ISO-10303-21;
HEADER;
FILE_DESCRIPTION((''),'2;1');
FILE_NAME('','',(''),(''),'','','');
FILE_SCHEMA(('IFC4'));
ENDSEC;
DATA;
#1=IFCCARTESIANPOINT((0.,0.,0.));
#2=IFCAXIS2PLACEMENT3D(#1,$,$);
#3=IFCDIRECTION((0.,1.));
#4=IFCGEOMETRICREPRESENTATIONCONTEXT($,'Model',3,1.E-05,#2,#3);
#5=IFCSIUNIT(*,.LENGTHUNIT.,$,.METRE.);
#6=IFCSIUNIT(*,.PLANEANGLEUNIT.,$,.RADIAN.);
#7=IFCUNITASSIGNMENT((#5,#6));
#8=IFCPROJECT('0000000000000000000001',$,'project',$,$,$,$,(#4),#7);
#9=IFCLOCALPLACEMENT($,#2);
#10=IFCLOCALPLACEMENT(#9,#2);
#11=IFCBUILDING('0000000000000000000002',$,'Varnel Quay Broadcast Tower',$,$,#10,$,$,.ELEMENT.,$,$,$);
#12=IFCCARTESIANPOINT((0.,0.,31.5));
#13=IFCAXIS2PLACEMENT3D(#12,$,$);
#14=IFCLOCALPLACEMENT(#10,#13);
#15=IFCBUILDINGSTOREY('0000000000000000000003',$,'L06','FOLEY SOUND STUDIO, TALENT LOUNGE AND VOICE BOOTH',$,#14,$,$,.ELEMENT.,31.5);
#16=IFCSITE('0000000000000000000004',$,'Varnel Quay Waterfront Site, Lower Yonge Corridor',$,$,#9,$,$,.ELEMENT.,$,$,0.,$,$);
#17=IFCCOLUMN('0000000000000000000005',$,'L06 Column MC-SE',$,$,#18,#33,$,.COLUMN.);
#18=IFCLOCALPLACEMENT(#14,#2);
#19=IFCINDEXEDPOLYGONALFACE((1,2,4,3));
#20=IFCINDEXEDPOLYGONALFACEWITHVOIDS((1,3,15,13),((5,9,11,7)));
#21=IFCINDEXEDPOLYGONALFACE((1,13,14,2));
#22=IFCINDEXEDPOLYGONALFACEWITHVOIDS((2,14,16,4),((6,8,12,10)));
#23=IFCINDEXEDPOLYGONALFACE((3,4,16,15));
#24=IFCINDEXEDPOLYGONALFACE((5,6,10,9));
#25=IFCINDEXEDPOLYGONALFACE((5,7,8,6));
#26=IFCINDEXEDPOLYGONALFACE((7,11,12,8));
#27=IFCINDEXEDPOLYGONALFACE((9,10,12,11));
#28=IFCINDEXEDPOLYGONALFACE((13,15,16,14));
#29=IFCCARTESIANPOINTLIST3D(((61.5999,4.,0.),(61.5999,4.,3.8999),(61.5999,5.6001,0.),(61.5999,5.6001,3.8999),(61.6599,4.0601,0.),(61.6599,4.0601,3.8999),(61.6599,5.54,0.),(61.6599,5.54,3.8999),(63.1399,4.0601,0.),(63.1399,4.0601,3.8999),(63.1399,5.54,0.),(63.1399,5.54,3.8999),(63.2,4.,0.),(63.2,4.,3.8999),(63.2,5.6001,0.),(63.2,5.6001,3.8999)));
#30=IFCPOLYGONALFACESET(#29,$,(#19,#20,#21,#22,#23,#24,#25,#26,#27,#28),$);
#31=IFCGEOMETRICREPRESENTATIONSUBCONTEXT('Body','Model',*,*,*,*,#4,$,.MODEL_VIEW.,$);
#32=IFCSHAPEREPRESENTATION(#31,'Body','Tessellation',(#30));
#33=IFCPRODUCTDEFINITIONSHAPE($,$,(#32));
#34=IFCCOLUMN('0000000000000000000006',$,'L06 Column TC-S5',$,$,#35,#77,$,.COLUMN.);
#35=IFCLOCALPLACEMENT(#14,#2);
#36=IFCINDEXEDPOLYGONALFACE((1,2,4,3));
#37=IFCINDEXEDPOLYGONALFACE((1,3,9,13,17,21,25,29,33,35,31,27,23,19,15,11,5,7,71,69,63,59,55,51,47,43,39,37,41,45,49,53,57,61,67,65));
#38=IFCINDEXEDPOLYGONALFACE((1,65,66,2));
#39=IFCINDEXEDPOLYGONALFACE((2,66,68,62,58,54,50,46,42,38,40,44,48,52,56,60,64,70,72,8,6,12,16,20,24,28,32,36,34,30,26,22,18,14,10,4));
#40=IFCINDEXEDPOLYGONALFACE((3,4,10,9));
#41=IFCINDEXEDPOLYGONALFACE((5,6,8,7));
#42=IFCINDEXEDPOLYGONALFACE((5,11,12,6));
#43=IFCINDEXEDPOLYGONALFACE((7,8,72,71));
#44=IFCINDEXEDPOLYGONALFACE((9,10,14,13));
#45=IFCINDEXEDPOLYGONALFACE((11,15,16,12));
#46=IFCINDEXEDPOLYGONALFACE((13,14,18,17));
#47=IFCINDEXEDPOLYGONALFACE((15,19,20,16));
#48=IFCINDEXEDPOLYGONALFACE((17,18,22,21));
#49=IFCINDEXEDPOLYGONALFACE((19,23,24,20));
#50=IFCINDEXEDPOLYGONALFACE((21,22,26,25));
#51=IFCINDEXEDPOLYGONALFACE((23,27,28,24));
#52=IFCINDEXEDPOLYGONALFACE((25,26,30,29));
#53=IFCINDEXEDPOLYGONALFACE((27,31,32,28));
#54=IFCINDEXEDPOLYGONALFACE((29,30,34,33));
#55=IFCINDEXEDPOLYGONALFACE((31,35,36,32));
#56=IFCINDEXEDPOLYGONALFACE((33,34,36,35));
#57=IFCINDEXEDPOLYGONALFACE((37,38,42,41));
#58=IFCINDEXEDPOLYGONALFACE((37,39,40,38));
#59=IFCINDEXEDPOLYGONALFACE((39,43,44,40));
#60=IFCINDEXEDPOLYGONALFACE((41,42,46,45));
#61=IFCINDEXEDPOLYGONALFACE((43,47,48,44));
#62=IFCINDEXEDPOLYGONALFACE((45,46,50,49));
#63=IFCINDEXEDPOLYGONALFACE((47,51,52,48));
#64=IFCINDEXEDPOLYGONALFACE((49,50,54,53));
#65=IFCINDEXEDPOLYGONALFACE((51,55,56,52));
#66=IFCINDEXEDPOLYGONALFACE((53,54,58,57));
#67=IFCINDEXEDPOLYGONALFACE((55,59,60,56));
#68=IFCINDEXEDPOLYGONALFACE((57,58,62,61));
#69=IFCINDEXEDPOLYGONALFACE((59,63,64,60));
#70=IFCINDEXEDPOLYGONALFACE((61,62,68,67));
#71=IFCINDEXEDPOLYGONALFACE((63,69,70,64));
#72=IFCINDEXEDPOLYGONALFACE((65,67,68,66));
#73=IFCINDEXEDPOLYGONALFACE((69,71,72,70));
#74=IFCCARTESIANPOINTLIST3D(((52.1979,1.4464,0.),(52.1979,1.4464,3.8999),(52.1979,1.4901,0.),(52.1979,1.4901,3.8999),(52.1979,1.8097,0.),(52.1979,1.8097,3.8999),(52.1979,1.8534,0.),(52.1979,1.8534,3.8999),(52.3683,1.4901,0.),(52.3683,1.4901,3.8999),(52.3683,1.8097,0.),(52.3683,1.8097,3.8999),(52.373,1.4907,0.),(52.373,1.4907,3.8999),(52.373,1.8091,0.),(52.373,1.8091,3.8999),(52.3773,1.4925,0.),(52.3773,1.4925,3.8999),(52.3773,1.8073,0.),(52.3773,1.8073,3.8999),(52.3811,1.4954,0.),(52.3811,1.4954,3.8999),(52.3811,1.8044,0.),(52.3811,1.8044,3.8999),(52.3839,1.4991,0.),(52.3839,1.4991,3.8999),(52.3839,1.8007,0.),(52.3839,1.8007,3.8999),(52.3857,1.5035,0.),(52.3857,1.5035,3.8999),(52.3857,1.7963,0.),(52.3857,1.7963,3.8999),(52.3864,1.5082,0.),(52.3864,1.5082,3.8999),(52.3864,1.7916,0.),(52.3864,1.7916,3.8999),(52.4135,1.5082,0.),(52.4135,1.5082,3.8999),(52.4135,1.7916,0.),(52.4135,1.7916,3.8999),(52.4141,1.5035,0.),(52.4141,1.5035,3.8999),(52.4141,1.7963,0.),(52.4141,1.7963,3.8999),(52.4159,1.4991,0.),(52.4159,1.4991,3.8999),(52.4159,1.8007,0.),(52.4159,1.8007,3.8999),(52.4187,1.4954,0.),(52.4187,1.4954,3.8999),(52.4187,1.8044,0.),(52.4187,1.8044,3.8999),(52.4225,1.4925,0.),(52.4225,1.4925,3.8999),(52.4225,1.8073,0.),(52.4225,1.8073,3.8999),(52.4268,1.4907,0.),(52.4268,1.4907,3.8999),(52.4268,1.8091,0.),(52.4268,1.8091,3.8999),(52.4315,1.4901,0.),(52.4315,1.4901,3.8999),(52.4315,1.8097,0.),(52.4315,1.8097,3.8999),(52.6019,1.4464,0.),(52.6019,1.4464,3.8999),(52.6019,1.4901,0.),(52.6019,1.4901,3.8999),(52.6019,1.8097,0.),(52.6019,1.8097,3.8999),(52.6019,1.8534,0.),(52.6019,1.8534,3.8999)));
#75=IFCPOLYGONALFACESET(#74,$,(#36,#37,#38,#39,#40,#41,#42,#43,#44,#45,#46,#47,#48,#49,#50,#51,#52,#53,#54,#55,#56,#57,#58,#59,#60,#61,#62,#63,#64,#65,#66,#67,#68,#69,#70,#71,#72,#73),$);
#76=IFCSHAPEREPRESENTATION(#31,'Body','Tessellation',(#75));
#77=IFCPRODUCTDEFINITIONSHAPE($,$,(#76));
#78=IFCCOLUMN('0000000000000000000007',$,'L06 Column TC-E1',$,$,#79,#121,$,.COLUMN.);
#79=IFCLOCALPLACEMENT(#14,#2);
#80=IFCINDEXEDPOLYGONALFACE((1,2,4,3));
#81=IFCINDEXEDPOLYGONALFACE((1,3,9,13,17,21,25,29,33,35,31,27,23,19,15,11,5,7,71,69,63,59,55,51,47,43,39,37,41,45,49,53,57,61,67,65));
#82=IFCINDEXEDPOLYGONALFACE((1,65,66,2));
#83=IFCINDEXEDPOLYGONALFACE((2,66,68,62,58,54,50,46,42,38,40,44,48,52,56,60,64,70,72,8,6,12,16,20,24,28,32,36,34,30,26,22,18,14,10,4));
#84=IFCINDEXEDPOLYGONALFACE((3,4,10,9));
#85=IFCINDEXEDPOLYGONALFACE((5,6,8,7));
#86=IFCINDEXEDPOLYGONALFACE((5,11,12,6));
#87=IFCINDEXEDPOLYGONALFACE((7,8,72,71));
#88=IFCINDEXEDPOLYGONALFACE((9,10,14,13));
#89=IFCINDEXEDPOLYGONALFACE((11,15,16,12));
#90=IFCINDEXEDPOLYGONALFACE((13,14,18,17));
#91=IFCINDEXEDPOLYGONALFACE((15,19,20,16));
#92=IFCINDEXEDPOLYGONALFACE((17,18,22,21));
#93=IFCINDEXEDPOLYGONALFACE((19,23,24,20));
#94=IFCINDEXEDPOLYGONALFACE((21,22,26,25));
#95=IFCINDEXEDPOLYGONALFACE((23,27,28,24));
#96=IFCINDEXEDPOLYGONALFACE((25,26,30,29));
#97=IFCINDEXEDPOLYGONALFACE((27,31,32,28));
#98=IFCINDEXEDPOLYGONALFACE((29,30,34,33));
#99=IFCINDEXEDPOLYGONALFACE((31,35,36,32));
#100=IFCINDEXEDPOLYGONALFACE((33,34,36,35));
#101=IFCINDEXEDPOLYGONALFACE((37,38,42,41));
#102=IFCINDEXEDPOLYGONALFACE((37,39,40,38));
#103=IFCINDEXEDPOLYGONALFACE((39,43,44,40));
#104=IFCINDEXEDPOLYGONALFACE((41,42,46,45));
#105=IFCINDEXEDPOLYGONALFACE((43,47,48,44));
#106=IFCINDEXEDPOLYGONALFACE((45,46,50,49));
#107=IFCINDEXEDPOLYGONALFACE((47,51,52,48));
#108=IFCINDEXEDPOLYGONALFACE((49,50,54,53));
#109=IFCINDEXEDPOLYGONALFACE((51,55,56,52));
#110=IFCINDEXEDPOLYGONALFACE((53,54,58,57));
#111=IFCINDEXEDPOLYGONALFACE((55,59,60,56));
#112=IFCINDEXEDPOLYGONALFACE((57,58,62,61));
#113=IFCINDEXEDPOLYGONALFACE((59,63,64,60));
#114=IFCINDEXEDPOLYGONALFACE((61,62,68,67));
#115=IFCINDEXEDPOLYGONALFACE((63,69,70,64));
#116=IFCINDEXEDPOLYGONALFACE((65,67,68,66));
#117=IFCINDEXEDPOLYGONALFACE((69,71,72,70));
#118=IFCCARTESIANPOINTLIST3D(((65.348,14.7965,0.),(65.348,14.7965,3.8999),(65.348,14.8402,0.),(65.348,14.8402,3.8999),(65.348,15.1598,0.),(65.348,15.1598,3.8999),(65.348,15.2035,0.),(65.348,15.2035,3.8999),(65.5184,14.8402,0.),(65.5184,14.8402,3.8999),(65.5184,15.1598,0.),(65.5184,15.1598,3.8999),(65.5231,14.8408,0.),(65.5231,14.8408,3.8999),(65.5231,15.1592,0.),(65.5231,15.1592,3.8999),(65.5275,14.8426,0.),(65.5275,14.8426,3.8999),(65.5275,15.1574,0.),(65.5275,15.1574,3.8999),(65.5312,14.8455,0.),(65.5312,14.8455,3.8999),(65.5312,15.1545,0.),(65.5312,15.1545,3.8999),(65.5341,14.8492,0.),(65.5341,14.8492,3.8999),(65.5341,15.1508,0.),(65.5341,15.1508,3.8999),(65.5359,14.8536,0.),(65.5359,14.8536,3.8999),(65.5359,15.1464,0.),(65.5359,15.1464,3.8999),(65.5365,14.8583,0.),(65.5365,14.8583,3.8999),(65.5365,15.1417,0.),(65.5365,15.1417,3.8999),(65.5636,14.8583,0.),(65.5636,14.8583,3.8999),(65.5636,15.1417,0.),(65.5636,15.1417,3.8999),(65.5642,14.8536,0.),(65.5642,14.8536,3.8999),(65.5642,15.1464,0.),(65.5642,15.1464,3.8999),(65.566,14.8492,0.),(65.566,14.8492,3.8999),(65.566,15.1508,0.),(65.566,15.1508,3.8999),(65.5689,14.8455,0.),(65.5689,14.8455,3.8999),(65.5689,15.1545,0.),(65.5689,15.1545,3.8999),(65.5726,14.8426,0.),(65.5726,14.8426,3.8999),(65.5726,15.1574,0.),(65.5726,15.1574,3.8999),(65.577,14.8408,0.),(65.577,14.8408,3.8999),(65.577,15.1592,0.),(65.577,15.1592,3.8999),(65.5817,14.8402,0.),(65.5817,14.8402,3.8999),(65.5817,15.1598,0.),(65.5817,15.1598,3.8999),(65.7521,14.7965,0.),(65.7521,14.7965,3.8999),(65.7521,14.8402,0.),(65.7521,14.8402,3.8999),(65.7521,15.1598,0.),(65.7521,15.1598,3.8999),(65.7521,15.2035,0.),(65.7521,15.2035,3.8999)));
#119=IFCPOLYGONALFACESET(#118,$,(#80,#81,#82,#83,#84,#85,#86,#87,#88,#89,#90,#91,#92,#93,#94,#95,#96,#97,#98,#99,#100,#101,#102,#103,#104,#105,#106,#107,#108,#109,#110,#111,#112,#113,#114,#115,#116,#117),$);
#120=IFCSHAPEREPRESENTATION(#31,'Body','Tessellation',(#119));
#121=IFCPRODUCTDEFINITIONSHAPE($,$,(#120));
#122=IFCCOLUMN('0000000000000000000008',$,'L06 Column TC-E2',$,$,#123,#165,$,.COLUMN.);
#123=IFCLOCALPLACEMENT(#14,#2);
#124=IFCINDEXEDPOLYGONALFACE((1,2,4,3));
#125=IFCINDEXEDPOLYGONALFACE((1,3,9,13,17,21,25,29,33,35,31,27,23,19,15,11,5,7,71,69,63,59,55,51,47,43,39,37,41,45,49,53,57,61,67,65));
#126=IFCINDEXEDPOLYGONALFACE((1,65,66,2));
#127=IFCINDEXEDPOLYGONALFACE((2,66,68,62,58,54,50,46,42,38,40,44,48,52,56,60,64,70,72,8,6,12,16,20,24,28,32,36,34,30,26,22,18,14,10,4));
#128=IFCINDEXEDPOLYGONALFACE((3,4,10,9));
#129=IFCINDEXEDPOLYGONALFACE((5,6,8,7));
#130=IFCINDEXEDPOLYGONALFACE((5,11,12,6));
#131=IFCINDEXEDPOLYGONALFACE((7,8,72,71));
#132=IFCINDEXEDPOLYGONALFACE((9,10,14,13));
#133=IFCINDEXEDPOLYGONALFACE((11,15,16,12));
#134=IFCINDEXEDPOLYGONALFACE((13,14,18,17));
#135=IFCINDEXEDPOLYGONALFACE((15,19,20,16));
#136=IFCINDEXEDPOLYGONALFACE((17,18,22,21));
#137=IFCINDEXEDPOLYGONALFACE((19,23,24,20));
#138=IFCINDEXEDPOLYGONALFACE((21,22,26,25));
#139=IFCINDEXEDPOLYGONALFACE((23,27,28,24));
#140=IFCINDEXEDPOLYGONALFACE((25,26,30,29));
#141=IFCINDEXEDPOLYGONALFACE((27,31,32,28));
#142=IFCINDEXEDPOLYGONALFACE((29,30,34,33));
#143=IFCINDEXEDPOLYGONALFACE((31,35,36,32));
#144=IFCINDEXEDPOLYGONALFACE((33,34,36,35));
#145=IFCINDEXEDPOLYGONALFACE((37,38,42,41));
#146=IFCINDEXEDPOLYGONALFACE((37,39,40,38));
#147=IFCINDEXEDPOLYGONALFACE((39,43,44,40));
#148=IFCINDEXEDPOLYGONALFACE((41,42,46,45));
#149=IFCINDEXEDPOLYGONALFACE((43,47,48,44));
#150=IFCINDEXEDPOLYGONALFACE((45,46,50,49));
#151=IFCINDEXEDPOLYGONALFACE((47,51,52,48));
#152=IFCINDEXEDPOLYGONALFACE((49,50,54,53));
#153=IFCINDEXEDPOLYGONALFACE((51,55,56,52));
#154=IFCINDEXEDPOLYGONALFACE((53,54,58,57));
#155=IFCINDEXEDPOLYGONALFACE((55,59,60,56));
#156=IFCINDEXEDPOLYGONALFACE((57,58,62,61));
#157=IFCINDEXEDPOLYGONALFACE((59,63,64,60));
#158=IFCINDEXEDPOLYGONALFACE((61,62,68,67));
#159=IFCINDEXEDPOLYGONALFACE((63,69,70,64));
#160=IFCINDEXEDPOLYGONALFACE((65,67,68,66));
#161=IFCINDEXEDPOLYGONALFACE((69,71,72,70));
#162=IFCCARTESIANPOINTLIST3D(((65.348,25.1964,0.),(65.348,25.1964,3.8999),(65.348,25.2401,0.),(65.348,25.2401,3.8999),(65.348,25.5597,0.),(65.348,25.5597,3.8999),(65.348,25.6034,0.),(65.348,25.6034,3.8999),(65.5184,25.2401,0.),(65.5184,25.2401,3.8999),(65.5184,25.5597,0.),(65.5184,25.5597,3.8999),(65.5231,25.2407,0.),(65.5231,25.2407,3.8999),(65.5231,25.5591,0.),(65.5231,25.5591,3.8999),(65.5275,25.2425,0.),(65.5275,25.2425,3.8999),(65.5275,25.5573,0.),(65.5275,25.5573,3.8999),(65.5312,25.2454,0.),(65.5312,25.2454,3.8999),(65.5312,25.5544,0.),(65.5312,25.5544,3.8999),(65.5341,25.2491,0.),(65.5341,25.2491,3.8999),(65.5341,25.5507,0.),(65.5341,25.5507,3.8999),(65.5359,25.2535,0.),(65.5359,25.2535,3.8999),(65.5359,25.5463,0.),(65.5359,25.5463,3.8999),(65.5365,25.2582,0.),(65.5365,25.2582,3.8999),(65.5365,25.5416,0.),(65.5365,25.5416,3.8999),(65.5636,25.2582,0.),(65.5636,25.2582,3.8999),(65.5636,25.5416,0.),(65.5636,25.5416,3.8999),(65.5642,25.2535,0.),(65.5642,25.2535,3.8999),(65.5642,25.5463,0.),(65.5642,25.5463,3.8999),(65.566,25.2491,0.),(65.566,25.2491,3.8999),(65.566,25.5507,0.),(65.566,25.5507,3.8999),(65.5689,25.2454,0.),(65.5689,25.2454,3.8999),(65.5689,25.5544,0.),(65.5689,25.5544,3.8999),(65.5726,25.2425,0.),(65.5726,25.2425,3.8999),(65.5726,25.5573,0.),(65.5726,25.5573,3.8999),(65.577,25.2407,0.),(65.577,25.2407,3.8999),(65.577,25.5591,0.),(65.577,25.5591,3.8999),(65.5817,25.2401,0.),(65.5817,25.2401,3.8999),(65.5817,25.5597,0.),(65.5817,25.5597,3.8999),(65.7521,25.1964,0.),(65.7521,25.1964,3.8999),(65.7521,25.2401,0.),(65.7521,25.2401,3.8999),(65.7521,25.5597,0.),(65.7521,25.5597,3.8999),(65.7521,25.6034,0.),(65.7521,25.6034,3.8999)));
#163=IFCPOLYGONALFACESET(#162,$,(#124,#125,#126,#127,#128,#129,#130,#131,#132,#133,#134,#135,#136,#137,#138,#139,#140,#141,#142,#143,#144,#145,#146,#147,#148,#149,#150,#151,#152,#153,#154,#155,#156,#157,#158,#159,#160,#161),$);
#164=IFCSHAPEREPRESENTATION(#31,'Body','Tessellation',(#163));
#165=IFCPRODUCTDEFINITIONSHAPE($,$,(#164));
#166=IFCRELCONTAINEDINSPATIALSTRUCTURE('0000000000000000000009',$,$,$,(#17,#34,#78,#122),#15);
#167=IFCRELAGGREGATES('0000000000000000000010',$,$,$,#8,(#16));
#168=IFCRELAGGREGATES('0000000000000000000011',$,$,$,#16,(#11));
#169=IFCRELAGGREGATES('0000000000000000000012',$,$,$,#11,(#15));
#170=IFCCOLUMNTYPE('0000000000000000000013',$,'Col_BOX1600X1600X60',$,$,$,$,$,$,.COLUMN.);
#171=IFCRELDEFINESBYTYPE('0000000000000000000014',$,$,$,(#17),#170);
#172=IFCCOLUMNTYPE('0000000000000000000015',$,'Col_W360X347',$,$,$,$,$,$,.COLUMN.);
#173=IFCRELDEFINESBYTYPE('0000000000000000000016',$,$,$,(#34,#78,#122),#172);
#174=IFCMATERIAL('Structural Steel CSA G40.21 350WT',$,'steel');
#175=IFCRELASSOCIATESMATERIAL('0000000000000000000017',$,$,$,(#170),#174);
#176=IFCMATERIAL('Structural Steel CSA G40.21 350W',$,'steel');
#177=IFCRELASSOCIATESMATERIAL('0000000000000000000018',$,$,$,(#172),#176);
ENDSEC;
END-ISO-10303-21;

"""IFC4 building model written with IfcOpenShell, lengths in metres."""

from ifc_helpers import new_model, si_unit, direction, frame, origin, origin_2d, place, context, subcontext, project, spatial, hollow_rectangle, i_section, extrude, source, transform, mapped, material, material_profile, profile_set, type_object, type_shapes, element, save


model = new_model("IFC4")

# Units and contexts
model_context = context("Model", 3, precision=1e-05, world=origin(), true_north=direction((0.0, 1.0)))
body_context = subcontext(model_context, "Body", "Model", "MODEL_VIEW")
ifc_project = project(units=[si_unit("LENGTHUNIT", "METRE"), si_unit("PLANEANGLEUNIT", "RADIAN")], contexts=[model_context])

# Site, building, storey
site_placement = place(None, origin())
site = spatial("IfcSite", under=ifc_project, at=site_placement, Name="Varnel Quay Waterfront Site, Lower Yonge Corridor", CompositionType="ELEMENT", RefElevation=0.0)
building_placement = place(site_placement, origin())
building = spatial("IfcBuilding", under=site, at=building_placement, Name="Varnel Quay Broadcast Tower", CompositionType="ELEMENT")
storey_placement = place(building_placement, frame((0.0, 0.0, 31.5)))
storey = spatial("IfcBuildingStorey", under=building, at=storey_placement, Name="L06", Description="FOLEY SOUND STUDIO, TALENT LOUNGE AND VOICE BOOTH", CompositionType="ELEMENT", Elevation=31.5)

# Columns
ifc_material_1 = material(Name="Structural Steel CSA G40.21 350WT", Category="steel")
ifc_material_profile_1 = material_profile(ifc_material_1, hollow_rectangle(XDim=1.6001, YDim=1.6001, WallThickness=0.0601, at=origin_2d()), Name="BOX1600X1600X60")
ifc_profile_set_1 = profile_set([ifc_material_profile_1], Name="Structural Steel CSA G40.21 350WT")
column_type_1 = type_object("IfcColumnType", Name="Col_BOX1600X1600X60", PredefinedType="COLUMN", material=ifc_profile_set_1)
shared_shape_1 = source(origin(), body_context, "Body", "SweptSolid", [
    extrude(hollow_rectangle(XDim=1.6001, YDim=1.6001, WallThickness=0.0601, at=origin_2d()), origin(), (0.0, 0.0, 1.0), 3.8999),
])
type_shapes(column_type_1, [shared_shape_1])
column_placement = place(storey_placement, frame((62.3999, 4.8, 0.0), z_axis=(0.0, 0.0, 1.0), x_axis=(1.0, 0.0, 0.0)))
element("IfcColumn", 1, at=column_placement, inside=storey, type_object=column_type_1, Name="L06 Column MC-SE", PredefinedType="COLUMN", context=body_context, shape_type="MappedRepresentation", body=[
    mapped(shared_shape_1, transform((0.0, 0.0, 0.0), x_axis=(1.0, 0.0, 0.0), y_axis=(0.0, 1.0, 0.0), z_axis=(0.0, 0.0, 1.0), scale=1.0)),
])
ifc_material_2 = material(Name="Structural Steel CSA G40.21 350W", Category="steel")
ifc_material_profile_2 = material_profile(ifc_material_2, i_section(OverallWidth=0.4041, OverallDepth=0.407, WebThickness=0.0271, FlangeThickness=0.0437, FilletRadius=0.0181, at=origin_2d()), Name="W360X347")
ifc_profile_set_2 = profile_set([ifc_material_profile_2], Name="Structural Steel CSA G40.21 350W")
column_type_2 = type_object("IfcColumnType", Name="Col_W360X347", PredefinedType="COLUMN", material=ifc_profile_set_2)
shared_shape_2 = source(origin(), body_context, "Body", "SweptSolid", [
    extrude(i_section(OverallWidth=0.4041, OverallDepth=0.407, WebThickness=0.0271, FlangeThickness=0.0437, FilletRadius=0.0181, at=origin_2d()), origin(), (0.0, 0.0, 1.0), 3.8999),
])
type_shapes(column_type_2, [shared_shape_2])
for number, where, z_axis, x_axis, name in (
    (2, (52.3999, 1.6499, 0.0), (0.0, 0.0, 1.0), (1.0, 0.0, 0.0), "L06 Column TC-S5"),
    (3, (65.55, 15.0, 0.0), (0.0, 0.0, 1.0), (1.0, 0.0, 0.0), "L06 Column TC-E1"),
    (4, (65.55, 25.3999, 0.0), (0.0, 0.0, 1.0), (1.0, 0.0, 0.0), "L06 Column TC-E2"),
):
    element("IfcColumn", number, at=place(storey_placement, frame(where, z_axis=z_axis, x_axis=x_axis)), inside=storey, type_object=column_type_2, Name=name, PredefinedType="COLUMN", context=body_context, shape_type="MappedRepresentation", body=[
        mapped(shared_shape_2, transform((0.0, 0.0, 0.0), x_axis=(1.0, 0.0, 0.0), y_axis=(0.0, 1.0, 0.0), z_axis=(0.0, 0.0, 1.0), scale=1.0)),
    ])

save(model, "model.ifc")
